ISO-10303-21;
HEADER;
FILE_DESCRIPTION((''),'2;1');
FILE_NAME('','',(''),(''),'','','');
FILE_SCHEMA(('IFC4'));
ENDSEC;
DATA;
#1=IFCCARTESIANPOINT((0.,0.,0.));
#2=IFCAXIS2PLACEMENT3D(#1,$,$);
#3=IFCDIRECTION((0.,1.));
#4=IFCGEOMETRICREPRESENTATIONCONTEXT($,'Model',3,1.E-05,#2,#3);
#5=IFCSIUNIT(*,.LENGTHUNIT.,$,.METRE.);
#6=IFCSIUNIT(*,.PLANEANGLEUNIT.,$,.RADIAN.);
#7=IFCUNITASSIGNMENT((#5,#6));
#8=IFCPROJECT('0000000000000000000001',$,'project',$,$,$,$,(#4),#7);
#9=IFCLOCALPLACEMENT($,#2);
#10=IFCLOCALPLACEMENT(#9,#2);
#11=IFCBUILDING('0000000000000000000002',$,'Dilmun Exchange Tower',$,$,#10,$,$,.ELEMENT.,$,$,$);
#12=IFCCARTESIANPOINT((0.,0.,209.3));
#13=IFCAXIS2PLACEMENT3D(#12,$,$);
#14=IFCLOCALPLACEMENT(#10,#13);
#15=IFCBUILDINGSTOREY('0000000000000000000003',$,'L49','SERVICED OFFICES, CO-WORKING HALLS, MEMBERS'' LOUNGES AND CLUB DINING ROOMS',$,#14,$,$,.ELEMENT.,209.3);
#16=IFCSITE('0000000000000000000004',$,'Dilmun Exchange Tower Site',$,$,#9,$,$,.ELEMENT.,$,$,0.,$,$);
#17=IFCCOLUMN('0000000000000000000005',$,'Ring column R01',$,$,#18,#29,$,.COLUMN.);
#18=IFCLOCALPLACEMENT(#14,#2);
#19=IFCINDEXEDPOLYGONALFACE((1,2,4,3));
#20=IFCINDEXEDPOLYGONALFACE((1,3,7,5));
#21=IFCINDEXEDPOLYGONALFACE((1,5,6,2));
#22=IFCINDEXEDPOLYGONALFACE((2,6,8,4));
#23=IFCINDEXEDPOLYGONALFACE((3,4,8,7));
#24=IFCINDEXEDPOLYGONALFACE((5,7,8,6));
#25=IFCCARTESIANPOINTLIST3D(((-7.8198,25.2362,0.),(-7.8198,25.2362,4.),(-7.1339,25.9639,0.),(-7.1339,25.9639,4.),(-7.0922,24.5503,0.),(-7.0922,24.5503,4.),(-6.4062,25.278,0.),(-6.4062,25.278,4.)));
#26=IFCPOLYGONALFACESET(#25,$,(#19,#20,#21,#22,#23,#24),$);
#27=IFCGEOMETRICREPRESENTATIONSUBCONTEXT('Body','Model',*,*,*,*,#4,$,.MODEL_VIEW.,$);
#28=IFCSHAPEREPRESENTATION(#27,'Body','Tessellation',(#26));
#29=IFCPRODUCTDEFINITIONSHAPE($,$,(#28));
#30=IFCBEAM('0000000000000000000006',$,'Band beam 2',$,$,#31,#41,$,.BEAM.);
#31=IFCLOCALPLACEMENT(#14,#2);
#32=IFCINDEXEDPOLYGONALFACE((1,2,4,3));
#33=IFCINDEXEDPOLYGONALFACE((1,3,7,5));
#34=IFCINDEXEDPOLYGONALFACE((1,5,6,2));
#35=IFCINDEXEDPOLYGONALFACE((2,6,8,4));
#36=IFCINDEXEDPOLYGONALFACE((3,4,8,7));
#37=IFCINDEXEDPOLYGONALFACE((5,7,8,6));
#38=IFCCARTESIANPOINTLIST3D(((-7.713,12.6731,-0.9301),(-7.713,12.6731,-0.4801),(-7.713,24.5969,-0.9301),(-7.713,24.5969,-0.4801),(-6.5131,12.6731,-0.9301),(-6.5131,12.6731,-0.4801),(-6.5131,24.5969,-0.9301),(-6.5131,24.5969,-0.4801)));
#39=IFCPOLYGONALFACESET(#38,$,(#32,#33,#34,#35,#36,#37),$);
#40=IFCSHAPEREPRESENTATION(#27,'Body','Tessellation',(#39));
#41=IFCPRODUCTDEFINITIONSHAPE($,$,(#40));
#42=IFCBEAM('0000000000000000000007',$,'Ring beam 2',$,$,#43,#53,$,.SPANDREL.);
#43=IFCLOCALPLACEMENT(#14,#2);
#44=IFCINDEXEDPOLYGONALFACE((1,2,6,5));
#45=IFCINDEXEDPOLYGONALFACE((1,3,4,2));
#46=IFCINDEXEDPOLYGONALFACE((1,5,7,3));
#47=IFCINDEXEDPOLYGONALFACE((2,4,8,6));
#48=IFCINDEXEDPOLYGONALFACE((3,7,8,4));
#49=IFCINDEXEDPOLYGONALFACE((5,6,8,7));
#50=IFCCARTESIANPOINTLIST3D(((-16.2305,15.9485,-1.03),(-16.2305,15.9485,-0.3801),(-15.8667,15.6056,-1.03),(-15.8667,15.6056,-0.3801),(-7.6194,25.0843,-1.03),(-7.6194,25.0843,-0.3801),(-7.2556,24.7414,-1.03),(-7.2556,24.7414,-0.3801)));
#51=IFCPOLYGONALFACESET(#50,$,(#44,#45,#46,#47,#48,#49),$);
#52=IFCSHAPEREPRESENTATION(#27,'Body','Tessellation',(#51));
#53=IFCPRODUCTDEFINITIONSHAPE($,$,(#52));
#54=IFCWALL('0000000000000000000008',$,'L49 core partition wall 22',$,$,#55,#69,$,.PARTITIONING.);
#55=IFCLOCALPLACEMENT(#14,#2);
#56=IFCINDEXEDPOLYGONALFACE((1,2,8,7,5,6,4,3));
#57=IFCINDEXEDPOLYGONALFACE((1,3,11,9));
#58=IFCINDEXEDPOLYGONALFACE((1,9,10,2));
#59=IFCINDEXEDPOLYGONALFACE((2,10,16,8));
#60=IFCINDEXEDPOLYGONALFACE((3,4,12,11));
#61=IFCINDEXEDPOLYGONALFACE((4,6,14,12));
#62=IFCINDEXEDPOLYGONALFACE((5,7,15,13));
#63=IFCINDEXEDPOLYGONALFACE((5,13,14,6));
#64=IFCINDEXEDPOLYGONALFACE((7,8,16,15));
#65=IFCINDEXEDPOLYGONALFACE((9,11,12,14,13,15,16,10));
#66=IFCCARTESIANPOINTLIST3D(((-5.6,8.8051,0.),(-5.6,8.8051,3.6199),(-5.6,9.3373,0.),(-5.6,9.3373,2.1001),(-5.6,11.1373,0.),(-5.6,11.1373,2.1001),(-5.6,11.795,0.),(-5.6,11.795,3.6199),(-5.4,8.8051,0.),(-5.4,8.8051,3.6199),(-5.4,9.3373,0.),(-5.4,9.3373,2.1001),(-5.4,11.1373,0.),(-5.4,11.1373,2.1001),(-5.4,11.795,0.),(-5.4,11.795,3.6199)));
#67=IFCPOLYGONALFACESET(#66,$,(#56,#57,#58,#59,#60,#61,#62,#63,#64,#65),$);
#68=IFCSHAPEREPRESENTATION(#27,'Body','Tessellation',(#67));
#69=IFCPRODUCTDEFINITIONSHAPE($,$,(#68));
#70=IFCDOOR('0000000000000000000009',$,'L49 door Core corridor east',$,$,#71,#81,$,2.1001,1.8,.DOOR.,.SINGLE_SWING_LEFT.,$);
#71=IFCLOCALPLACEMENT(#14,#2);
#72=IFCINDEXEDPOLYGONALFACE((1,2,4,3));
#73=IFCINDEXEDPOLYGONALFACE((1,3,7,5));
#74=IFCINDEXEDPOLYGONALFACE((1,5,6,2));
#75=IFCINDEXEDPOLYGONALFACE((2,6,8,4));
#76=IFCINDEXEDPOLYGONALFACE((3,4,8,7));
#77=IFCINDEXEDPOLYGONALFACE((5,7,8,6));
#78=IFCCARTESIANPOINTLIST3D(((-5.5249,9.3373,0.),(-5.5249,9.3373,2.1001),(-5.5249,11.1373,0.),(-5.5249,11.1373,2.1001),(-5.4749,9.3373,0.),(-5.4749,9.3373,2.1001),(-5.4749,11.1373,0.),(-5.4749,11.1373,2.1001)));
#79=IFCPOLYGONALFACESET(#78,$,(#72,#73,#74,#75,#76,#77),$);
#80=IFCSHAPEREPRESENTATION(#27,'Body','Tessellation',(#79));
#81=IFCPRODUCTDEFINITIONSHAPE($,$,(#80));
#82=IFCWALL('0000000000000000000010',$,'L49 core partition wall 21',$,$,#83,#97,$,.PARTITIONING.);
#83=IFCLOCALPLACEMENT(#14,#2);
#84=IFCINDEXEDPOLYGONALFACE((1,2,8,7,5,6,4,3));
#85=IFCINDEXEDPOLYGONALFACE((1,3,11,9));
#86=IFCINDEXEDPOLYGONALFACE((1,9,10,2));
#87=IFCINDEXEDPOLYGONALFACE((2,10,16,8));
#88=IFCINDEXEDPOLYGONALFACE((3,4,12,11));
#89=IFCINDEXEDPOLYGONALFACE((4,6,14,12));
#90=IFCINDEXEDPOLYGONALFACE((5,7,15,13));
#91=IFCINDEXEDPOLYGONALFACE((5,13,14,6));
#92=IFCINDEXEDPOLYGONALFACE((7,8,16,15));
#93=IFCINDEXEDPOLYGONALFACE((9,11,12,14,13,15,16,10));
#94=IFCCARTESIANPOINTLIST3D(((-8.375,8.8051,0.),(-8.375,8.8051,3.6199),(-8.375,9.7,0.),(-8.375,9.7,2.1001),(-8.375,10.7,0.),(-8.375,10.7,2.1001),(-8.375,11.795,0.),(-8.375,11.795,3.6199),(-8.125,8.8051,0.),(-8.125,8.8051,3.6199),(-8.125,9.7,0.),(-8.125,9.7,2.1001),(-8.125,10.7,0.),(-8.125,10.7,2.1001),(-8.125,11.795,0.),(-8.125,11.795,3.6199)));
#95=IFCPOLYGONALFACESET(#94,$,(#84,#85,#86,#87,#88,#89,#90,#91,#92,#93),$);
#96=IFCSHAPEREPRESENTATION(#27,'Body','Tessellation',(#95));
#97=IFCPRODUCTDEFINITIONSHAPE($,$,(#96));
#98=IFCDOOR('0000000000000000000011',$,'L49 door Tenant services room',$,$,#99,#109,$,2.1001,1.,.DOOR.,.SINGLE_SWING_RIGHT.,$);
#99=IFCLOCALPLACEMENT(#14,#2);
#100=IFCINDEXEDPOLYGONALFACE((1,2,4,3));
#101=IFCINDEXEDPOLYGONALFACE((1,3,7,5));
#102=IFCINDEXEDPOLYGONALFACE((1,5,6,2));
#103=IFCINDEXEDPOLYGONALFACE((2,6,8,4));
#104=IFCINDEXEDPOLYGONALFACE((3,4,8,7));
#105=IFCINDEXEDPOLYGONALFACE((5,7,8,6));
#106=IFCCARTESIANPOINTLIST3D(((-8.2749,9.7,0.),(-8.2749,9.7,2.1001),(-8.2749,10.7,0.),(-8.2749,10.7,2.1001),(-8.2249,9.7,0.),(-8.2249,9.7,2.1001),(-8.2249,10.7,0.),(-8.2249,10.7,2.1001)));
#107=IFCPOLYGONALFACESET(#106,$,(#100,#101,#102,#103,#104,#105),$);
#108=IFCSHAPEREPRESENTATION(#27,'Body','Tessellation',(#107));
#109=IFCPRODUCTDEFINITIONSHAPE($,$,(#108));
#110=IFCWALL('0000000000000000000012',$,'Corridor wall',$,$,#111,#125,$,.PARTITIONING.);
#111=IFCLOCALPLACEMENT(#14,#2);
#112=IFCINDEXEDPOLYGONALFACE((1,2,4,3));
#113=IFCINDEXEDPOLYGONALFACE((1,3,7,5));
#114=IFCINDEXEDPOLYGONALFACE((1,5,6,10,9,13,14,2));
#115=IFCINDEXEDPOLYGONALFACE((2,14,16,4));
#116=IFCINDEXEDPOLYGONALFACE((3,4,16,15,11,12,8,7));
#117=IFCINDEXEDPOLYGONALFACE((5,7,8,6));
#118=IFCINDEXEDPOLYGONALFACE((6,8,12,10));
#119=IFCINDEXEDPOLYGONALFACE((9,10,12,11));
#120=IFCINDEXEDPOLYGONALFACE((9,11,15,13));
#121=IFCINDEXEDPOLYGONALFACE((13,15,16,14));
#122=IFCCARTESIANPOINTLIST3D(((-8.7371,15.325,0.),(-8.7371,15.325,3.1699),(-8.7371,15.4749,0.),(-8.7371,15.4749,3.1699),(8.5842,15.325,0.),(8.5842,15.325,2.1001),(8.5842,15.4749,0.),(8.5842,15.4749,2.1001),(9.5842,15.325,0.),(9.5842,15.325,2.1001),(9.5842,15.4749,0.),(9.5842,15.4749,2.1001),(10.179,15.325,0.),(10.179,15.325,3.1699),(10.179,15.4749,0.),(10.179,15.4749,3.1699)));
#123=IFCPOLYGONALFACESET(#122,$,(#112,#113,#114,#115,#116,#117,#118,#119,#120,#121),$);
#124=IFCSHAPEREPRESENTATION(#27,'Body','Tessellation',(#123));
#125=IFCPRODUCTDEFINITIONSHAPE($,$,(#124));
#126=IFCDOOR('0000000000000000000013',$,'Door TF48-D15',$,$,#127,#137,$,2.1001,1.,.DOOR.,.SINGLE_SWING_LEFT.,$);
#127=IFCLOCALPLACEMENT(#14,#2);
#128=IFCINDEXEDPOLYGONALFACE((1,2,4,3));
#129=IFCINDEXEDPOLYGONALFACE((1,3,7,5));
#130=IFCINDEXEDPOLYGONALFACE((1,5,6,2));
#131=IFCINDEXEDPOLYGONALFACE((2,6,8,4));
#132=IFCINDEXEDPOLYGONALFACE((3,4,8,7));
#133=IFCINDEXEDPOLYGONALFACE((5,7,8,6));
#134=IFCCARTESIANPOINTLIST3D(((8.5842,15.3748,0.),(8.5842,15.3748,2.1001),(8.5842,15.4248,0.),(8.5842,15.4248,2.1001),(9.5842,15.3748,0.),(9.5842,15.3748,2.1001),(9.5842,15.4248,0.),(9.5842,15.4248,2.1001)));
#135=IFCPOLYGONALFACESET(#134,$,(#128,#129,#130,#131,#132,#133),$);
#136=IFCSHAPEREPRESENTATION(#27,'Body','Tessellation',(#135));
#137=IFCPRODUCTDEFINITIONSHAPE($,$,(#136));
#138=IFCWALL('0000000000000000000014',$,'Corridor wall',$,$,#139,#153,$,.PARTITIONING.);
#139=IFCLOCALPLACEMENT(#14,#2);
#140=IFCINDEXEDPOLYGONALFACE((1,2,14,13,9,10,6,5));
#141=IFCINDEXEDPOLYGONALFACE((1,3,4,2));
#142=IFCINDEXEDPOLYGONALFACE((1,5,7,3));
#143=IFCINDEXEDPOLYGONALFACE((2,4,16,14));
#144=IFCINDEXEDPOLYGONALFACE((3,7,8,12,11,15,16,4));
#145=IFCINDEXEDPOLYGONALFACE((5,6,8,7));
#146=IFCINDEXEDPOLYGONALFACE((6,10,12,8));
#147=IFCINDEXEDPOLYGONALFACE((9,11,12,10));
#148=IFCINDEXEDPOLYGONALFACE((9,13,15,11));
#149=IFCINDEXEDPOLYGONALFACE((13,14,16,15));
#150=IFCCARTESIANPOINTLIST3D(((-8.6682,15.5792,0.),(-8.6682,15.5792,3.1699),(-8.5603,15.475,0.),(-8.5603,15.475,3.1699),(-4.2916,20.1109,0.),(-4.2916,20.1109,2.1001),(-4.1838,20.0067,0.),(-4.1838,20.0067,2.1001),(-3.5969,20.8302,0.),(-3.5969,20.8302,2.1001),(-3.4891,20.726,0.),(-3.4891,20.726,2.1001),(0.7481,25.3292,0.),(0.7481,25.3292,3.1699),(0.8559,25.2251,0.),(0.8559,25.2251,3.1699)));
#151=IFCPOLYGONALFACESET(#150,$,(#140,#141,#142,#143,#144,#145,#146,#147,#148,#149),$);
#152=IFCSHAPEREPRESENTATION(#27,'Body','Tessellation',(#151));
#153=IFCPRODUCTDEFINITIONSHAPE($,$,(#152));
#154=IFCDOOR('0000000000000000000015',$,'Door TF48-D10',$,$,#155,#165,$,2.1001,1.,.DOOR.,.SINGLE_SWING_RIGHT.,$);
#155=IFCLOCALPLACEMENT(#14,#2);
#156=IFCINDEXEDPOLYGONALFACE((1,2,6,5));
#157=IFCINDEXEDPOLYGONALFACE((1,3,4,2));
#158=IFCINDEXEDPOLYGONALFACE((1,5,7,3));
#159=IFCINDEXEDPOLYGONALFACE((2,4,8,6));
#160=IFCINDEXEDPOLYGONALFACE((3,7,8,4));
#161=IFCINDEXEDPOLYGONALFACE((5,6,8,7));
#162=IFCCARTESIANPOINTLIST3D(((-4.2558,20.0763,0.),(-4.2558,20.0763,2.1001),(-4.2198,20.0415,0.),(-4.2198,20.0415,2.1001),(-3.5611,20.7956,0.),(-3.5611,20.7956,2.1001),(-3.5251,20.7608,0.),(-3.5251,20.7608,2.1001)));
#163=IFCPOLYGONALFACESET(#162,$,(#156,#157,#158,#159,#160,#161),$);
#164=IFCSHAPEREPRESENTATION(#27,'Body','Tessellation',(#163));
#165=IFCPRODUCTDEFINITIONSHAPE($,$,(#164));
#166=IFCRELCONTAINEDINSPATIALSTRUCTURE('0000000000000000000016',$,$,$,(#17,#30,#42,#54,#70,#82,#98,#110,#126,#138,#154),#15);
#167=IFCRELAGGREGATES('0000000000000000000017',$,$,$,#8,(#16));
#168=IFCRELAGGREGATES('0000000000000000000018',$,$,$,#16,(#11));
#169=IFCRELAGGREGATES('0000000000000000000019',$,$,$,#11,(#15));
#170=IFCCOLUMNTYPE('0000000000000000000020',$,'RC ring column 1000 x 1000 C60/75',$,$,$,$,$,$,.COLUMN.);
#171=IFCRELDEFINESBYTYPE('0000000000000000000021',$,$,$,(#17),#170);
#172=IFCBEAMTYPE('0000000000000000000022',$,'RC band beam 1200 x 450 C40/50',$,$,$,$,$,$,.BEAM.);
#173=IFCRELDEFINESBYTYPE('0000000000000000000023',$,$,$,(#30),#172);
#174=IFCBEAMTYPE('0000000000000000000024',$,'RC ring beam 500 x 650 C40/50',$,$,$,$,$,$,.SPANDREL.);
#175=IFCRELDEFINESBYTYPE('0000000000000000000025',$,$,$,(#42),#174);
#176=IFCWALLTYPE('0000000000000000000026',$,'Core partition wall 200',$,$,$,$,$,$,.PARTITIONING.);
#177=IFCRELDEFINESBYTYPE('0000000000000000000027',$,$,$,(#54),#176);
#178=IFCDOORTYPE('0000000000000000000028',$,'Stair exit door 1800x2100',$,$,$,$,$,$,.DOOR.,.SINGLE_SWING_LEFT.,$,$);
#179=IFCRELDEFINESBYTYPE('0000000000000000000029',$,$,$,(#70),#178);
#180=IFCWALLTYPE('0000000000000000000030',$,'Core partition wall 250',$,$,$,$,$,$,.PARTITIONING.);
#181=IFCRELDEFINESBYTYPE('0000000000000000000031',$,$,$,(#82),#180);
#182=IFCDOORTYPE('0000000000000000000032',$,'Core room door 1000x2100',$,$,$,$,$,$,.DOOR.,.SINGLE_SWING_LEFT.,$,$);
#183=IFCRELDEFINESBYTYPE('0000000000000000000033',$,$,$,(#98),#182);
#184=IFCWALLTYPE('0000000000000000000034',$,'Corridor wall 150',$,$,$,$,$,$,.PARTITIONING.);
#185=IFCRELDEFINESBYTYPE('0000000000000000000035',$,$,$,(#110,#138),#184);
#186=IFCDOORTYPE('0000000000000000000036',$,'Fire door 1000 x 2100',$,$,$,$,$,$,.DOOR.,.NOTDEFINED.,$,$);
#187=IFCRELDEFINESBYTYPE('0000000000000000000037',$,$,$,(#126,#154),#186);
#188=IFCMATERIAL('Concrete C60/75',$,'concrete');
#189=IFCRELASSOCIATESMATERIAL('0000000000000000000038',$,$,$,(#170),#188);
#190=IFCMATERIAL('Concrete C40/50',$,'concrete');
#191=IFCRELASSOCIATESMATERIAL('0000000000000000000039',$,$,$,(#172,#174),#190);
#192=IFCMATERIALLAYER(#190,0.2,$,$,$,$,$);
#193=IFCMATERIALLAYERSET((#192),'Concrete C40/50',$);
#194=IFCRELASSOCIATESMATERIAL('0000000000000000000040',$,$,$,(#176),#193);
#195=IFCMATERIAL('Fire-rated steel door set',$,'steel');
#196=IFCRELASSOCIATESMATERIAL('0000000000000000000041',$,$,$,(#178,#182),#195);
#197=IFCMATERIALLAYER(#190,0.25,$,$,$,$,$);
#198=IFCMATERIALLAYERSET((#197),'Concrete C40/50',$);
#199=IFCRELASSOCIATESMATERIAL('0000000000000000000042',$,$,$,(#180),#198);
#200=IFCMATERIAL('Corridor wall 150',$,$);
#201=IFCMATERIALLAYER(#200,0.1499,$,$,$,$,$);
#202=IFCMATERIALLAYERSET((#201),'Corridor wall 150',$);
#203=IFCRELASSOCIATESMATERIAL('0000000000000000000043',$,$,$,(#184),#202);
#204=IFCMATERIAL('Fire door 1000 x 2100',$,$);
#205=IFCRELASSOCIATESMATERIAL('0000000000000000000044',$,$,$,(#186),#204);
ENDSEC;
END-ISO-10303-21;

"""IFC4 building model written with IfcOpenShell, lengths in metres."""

from ifc_helpers import new_model, si_unit, direction, frame, frame_2d, origin, origin_2d, place, context, subcontext, project, spatial, rectangle, extrude, material, layer, layer_set, material_profile, profile_set, type_object, element, fill, save


model = new_model("IFC4")

# Units and contexts
model_context = context("Model", 3, precision=1e-05, world=origin(), true_north=direction((0.0, 1.0)))
body_context = subcontext(model_context, "Body", "Model", "MODEL_VIEW")
ifc_project = project(units=[si_unit("LENGTHUNIT", "METRE"), si_unit("PLANEANGLEUNIT", "RADIAN")], contexts=[model_context])

# Site, building, storey
site_placement = place(None, origin())
site = spatial("IfcSite", under=ifc_project, at=site_placement, Name="Dilmun Exchange Tower Site", CompositionType="ELEMENT", RefElevation=0.0)
building_placement = place(site_placement, origin())
building = spatial("IfcBuilding", under=site, at=building_placement, Name="Dilmun Exchange Tower", CompositionType="ELEMENT")
storey_placement = place(building_placement, frame((0.0, 0.0, 209.3)))
storey = spatial("IfcBuildingStorey", under=building, at=storey_placement, Name="L49", Description="SERVICED OFFICES, CO-WORKING HALLS, MEMBERS' LOUNGES AND CLUB DINING ROOMS", CompositionType="ELEMENT", Elevation=209.3)

# Column
ifc_material_1 = material(Name="Concrete C60/75", Category="concrete")
ifc_material_profile_1 = material_profile(ifc_material_1, rectangle(XDim=1.0, YDim=1.0, at=origin_2d()), Name="1000 x 1000")
ifc_profile_set_1 = profile_set([ifc_material_profile_1], Name="Concrete C60/75")
column_type = type_object("IfcColumnType", Name="RC ring column 1000 x 1000 C60/75", PredefinedType="COLUMN", material=ifc_profile_set_1)
column_placement = place(storey_placement, frame((-7.113, 25.2571, 0.0), z_axis=(0.0, 0.0, 1.0), x_axis=(0.685916, 0.727681, 0.0)))
element("IfcColumn", 1, at=column_placement, inside=storey, type_object=column_type, Name="Ring column R01", PredefinedType="COLUMN", context=body_context, shape_type="SweptSolid", body=[
    extrude(rectangle(XDim=1.0, YDim=1.0, at=origin_2d()), origin(), (0.0, 0.0, 1.0), 4.0),
])

# Beams
ifc_material_2 = material(Name="Concrete C40/50", Category="concrete")
ifc_material_profile_2 = material_profile(ifc_material_2, rectangle(XDim=1.2, YDim=0.45, at=origin_2d()), Name="1200 x 450")
ifc_profile_set_2 = profile_set([ifc_material_profile_2], Name="Concrete C40/50")
beam_type_1 = type_object("IfcBeamType", Name="RC band beam 1200 x 450 C40/50", PredefinedType="BEAM", material=ifc_profile_set_2)
beam_1_placement = place(storey_placement, frame((-7.113, 24.5969, -0.7051), z_axis=(0.0, -1.0, 0.0), x_axis=(1.0, 0.0, 0.0)))
element("IfcBeam", 2, at=beam_1_placement, inside=storey, type_object=beam_type_1, Name="Band beam 2", PredefinedType="BEAM", context=body_context, shape_type="SweptSolid", body=[
    extrude(rectangle(XDim=1.2, YDim=0.45, at=origin_2d()), origin(), (0.0, 0.0, 1.0), 11.9238),
])
ifc_material_profile_3 = material_profile(ifc_material_2, rectangle(XDim=0.5, YDim=0.6499, at=origin_2d()), Name="500 x 650")
ifc_profile_set_3 = profile_set([ifc_material_profile_3], Name="Concrete C40/50")
beam_type_2 = type_object("IfcBeamType", Name="RC ring beam 500 x 650 C40/50", PredefinedType="SPANDREL", material=ifc_profile_set_3)
beam_2_placement = place(storey_placement, frame((-7.4375, 24.9128, -0.7051), z_axis=(-0.685903, -0.727693, 0.0), x_axis=(0.727693, -0.685903, 0.0)))
element("IfcBeam", 3, at=beam_2_placement, inside=storey, type_object=beam_type_2, Name="Ring beam 2", PredefinedType="SPANDREL", context=body_context, shape_type="SweptSolid", body=[
    extrude(rectangle(XDim=0.5, YDim=0.6499, at=origin_2d()), origin(), (0.0, 0.0, 1.0), 12.5544),
])

# Walls, openings, doors
ifc_layer_1 = layer(ifc_material_2, 0.2)
ifc_layer_set_1 = layer_set([ifc_layer_1], Name="Concrete C40/50")
wall_type_1 = type_object("IfcWallType", Name="Core partition wall 200", PredefinedType="PARTITIONING", material=ifc_layer_set_1)
wall_1_placement = place(storey_placement, frame((-5.5, 8.8049, 0.0), z_axis=(0.0, 0.0, 1.0), x_axis=(0.0, 1.0, 0.0)))
wall_1 = element("IfcWall", 4, at=wall_1_placement, inside=storey, type_object=wall_type_1, Name="L49 core partition wall 22", PredefinedType="PARTITIONING", context=body_context, shape_type="SweptSolid", body=[
    extrude(rectangle(XDim=2.99, YDim=0.2, at=frame_2d((1.4951, 0.0))), origin(), (0.0, 0.0, 1.0), 3.6199),
])
opening_1_placement = place(wall_1_placement, frame((0.5325, 0.0, 0.0)))
opening_1 = element("IfcOpeningElement", 5, at=opening_1_placement, cuts=wall_1, PredefinedType="OPENING", context=body_context, shape_type="SweptSolid", body=[
    extrude(rectangle(XDim=1.8, YDim=2.1001, at=frame_2d((0.8999, 1.05))), frame((0.0, 0.1099, 0.0), z_axis=(0.0, -1.0, 0.0), x_axis=(1.0, 0.0, 0.0)), (0.0, 0.0, 1.0), 0.22),
])
ifc_material_3 = material(Name="Fire-rated steel door set", Category="steel")
door_type_1 = type_object("IfcDoorType", Name="Stair exit door 1800x2100", OperationType="SINGLE_SWING_LEFT", PredefinedType="DOOR", material=ifc_material_3)
door_1_placement = place(opening_1_placement, origin())
door_1 = element("IfcDoor", 6, at=door_1_placement, inside=storey, type_object=door_type_1, Name="L49 door Core corridor east", OperationType="SINGLE_SWING_LEFT", OverallHeight=2.1001, OverallWidth=1.8, PredefinedType="DOOR", context=body_context, shape_type="SweptSolid", body=[
    extrude(rectangle(XDim=1.8, YDim=2.1001, at=frame_2d((0.8999, 1.05))), frame((0.0, 0.0249, 0.0), z_axis=(0.0, -1.0, 0.0), x_axis=(1.0, 0.0, 0.0)), (0.0, 0.0, 1.0), 0.05),
])
fill(opening_1, door_1)
ifc_layer_2 = layer(ifc_material_2, 0.25)
ifc_layer_set_2 = layer_set([ifc_layer_2], Name="Concrete C40/50")
wall_type_2 = type_object("IfcWallType", Name="Core partition wall 250", PredefinedType="PARTITIONING", material=ifc_layer_set_2)
wall_2_placement = place(storey_placement, frame((-8.25, 8.8049, 0.0), z_axis=(0.0, 0.0, 1.0), x_axis=(0.0, 1.0, 0.0)))
wall_2 = element("IfcWall", 7, at=wall_2_placement, inside=storey, type_object=wall_type_2, Name="L49 core partition wall 21", PredefinedType="PARTITIONING", context=body_context, shape_type="SweptSolid", body=[
    extrude(rectangle(XDim=2.99, YDim=0.25, at=frame_2d((1.4951, 0.0))), origin(), (0.0, 0.0, 1.0), 3.6199),
])
opening_2_placement = place(wall_2_placement, frame((0.895, 0.0, 0.0)))
opening_2 = element("IfcOpeningElement", 8, at=opening_2_placement, cuts=wall_2, PredefinedType="OPENING", context=body_context, shape_type="SweptSolid", body=[
    extrude(rectangle(XDim=1.0, YDim=2.1001, at=frame_2d((0.5, 1.05))), frame((0.0, 0.135, 0.0), z_axis=(0.0, -1.0, 0.0), x_axis=(1.0, 0.0, 0.0)), (0.0, 0.0, 1.0), 0.27),
])
door_type_2 = type_object("IfcDoorType", Name="Core room door 1000x2100", OperationType="SINGLE_SWING_LEFT", PredefinedType="DOOR", material=ifc_material_3)
door_2_placement = place(opening_2_placement, origin())
door_2 = element("IfcDoor", 9, at=door_2_placement, inside=storey, type_object=door_type_2, Name="L49 door Tenant services room", OperationType="SINGLE_SWING_RIGHT", OverallHeight=2.1001, OverallWidth=1.0, PredefinedType="DOOR", context=body_context, shape_type="SweptSolid", body=[
    extrude(rectangle(XDim=1.0, YDim=2.1001, at=frame_2d((0.5, 1.05))), frame((0.0, 0.0249, 0.0), z_axis=(0.0, -1.0, 0.0), x_axis=(1.0, 0.0, 0.0)), (0.0, 0.0, 1.0), 0.05),
])
fill(opening_2, door_2)
ifc_material_4 = material(Name="Corridor wall 150")
ifc_layer_3 = layer(ifc_material_4, 0.1499)
ifc_layer_set_3 = layer_set([ifc_layer_3], Name="Corridor wall 150")
wall_type_3 = type_object("IfcWallType", Name="Corridor wall 150", PredefinedType="PARTITIONING", material=ifc_layer_set_3)
wall_3_placement = place(storey_placement, frame((-8.7371, 15.3999, 0.0), z_axis=(0.0, 0.0, 1.0), x_axis=(1.0, 0.0, 0.0)))
wall_3 = element("IfcWall", 10, at=wall_3_placement, inside=storey, type_object=wall_type_3, Name="Corridor wall", PredefinedType="PARTITIONING", context=body_context, shape_type="SweptSolid", body=[
    extrude(rectangle(XDim=18.916, YDim=0.1499, at=frame_2d((9.458, 0.0))), origin(), (0.0, 0.0, 1.0), 3.1699),
])
opening_3_placement = place(wall_3_placement, frame((17.3213, 0.0, 0.0)))
opening_3 = element("IfcOpeningElement", 11, at=opening_3_placement, cuts=wall_3, PredefinedType="OPENING", context=body_context, shape_type="SweptSolid", body=[
    extrude(rectangle(XDim=1.0, YDim=2.1001, at=frame_2d((0.5, 1.05))), frame((0.0, 0.085, 0.0), z_axis=(0.0, -1.0, 0.0), x_axis=(1.0, 0.0, 0.0)), (0.0, 0.0, 1.0), 0.1699),
])
ifc_material_5 = material(Name="Fire door 1000 x 2100")
door_type_3 = type_object("IfcDoorType", Name="Fire door 1000 x 2100", OperationType="NOTDEFINED", PredefinedType="DOOR", material=ifc_material_5)
door_3_placement = place(opening_3_placement, origin())
door_3 = element("IfcDoor", 12, at=door_3_placement, inside=storey, type_object=door_type_3, Name="Door TF48-D15", OperationType="SINGLE_SWING_LEFT", OverallHeight=2.1001, OverallWidth=1.0, PredefinedType="DOOR", context=body_context, shape_type="SweptSolid", body=[
    extrude(rectangle(XDim=1.0, YDim=2.1001, at=frame_2d((0.5, 1.05))), frame((0.0, 0.0249, 0.0), z_axis=(0.0, -1.0, 0.0), x_axis=(1.0, 0.0, 0.0)), (0.0, 0.0, 1.0), 0.05),
])
fill(opening_3, door_3)
wall_4_placement = place(storey_placement, frame((-8.6143, 15.5271, 0.0), z_axis=(0.0, 0.0, 1.0), x_axis=(0.694689, 0.719311, 0.0)))
wall_4 = element("IfcWall", 13, at=wall_4_placement, inside=storey, type_object=wall_type_3, Name="Corridor wall", PredefinedType="PARTITIONING", context=body_context, shape_type="SweptSolid", body=[
    extrude(rectangle(XDim=13.5547, YDim=0.1499, at=frame_2d((6.7773, 0.0))), origin(), (0.0, 0.0, 1.0), 3.1699),
])
opening_4_placement = place(wall_4_placement, frame((6.3, 0.0, 0.0)))
opening_4 = element("IfcOpeningElement", 14, at=opening_4_placement, cuts=wall_4, PredefinedType="OPENING", context=body_context, shape_type="SweptSolid", body=[
    extrude(rectangle(XDim=1.0, YDim=2.1001, at=frame_2d((0.5, 1.05))), frame((0.0, 0.085, 0.0), z_axis=(0.0, -1.0, 0.0), x_axis=(1.0, 0.0, 0.0)), (0.0, 0.0, 1.0), 0.1699),
])
door_4_placement = place(opening_4_placement, frame((1.0, 0.0, 0.0), z_axis=(0.0, 0.0, 1.0), x_axis=(-1.0, 0.0, 0.0)))
door_4 = element("IfcDoor", 15, at=door_4_placement, inside=storey, type_object=door_type_3, Name="Door TF48-D10", OperationType="SINGLE_SWING_RIGHT", OverallHeight=2.1001, OverallWidth=1.0, PredefinedType="DOOR", context=body_context, shape_type="SweptSolid", body=[
    extrude(rectangle(XDim=1.0, YDim=2.1001, at=frame_2d((0.5, 1.05))), frame((0.0, 0.0249, 0.0), z_axis=(0.0, -1.0, 0.0), x_axis=(1.0, 0.0, 0.0)), (0.0, 0.0, 1.0), 0.05),
])
fill(opening_4, door_4)

save(model, "model.ifc")
